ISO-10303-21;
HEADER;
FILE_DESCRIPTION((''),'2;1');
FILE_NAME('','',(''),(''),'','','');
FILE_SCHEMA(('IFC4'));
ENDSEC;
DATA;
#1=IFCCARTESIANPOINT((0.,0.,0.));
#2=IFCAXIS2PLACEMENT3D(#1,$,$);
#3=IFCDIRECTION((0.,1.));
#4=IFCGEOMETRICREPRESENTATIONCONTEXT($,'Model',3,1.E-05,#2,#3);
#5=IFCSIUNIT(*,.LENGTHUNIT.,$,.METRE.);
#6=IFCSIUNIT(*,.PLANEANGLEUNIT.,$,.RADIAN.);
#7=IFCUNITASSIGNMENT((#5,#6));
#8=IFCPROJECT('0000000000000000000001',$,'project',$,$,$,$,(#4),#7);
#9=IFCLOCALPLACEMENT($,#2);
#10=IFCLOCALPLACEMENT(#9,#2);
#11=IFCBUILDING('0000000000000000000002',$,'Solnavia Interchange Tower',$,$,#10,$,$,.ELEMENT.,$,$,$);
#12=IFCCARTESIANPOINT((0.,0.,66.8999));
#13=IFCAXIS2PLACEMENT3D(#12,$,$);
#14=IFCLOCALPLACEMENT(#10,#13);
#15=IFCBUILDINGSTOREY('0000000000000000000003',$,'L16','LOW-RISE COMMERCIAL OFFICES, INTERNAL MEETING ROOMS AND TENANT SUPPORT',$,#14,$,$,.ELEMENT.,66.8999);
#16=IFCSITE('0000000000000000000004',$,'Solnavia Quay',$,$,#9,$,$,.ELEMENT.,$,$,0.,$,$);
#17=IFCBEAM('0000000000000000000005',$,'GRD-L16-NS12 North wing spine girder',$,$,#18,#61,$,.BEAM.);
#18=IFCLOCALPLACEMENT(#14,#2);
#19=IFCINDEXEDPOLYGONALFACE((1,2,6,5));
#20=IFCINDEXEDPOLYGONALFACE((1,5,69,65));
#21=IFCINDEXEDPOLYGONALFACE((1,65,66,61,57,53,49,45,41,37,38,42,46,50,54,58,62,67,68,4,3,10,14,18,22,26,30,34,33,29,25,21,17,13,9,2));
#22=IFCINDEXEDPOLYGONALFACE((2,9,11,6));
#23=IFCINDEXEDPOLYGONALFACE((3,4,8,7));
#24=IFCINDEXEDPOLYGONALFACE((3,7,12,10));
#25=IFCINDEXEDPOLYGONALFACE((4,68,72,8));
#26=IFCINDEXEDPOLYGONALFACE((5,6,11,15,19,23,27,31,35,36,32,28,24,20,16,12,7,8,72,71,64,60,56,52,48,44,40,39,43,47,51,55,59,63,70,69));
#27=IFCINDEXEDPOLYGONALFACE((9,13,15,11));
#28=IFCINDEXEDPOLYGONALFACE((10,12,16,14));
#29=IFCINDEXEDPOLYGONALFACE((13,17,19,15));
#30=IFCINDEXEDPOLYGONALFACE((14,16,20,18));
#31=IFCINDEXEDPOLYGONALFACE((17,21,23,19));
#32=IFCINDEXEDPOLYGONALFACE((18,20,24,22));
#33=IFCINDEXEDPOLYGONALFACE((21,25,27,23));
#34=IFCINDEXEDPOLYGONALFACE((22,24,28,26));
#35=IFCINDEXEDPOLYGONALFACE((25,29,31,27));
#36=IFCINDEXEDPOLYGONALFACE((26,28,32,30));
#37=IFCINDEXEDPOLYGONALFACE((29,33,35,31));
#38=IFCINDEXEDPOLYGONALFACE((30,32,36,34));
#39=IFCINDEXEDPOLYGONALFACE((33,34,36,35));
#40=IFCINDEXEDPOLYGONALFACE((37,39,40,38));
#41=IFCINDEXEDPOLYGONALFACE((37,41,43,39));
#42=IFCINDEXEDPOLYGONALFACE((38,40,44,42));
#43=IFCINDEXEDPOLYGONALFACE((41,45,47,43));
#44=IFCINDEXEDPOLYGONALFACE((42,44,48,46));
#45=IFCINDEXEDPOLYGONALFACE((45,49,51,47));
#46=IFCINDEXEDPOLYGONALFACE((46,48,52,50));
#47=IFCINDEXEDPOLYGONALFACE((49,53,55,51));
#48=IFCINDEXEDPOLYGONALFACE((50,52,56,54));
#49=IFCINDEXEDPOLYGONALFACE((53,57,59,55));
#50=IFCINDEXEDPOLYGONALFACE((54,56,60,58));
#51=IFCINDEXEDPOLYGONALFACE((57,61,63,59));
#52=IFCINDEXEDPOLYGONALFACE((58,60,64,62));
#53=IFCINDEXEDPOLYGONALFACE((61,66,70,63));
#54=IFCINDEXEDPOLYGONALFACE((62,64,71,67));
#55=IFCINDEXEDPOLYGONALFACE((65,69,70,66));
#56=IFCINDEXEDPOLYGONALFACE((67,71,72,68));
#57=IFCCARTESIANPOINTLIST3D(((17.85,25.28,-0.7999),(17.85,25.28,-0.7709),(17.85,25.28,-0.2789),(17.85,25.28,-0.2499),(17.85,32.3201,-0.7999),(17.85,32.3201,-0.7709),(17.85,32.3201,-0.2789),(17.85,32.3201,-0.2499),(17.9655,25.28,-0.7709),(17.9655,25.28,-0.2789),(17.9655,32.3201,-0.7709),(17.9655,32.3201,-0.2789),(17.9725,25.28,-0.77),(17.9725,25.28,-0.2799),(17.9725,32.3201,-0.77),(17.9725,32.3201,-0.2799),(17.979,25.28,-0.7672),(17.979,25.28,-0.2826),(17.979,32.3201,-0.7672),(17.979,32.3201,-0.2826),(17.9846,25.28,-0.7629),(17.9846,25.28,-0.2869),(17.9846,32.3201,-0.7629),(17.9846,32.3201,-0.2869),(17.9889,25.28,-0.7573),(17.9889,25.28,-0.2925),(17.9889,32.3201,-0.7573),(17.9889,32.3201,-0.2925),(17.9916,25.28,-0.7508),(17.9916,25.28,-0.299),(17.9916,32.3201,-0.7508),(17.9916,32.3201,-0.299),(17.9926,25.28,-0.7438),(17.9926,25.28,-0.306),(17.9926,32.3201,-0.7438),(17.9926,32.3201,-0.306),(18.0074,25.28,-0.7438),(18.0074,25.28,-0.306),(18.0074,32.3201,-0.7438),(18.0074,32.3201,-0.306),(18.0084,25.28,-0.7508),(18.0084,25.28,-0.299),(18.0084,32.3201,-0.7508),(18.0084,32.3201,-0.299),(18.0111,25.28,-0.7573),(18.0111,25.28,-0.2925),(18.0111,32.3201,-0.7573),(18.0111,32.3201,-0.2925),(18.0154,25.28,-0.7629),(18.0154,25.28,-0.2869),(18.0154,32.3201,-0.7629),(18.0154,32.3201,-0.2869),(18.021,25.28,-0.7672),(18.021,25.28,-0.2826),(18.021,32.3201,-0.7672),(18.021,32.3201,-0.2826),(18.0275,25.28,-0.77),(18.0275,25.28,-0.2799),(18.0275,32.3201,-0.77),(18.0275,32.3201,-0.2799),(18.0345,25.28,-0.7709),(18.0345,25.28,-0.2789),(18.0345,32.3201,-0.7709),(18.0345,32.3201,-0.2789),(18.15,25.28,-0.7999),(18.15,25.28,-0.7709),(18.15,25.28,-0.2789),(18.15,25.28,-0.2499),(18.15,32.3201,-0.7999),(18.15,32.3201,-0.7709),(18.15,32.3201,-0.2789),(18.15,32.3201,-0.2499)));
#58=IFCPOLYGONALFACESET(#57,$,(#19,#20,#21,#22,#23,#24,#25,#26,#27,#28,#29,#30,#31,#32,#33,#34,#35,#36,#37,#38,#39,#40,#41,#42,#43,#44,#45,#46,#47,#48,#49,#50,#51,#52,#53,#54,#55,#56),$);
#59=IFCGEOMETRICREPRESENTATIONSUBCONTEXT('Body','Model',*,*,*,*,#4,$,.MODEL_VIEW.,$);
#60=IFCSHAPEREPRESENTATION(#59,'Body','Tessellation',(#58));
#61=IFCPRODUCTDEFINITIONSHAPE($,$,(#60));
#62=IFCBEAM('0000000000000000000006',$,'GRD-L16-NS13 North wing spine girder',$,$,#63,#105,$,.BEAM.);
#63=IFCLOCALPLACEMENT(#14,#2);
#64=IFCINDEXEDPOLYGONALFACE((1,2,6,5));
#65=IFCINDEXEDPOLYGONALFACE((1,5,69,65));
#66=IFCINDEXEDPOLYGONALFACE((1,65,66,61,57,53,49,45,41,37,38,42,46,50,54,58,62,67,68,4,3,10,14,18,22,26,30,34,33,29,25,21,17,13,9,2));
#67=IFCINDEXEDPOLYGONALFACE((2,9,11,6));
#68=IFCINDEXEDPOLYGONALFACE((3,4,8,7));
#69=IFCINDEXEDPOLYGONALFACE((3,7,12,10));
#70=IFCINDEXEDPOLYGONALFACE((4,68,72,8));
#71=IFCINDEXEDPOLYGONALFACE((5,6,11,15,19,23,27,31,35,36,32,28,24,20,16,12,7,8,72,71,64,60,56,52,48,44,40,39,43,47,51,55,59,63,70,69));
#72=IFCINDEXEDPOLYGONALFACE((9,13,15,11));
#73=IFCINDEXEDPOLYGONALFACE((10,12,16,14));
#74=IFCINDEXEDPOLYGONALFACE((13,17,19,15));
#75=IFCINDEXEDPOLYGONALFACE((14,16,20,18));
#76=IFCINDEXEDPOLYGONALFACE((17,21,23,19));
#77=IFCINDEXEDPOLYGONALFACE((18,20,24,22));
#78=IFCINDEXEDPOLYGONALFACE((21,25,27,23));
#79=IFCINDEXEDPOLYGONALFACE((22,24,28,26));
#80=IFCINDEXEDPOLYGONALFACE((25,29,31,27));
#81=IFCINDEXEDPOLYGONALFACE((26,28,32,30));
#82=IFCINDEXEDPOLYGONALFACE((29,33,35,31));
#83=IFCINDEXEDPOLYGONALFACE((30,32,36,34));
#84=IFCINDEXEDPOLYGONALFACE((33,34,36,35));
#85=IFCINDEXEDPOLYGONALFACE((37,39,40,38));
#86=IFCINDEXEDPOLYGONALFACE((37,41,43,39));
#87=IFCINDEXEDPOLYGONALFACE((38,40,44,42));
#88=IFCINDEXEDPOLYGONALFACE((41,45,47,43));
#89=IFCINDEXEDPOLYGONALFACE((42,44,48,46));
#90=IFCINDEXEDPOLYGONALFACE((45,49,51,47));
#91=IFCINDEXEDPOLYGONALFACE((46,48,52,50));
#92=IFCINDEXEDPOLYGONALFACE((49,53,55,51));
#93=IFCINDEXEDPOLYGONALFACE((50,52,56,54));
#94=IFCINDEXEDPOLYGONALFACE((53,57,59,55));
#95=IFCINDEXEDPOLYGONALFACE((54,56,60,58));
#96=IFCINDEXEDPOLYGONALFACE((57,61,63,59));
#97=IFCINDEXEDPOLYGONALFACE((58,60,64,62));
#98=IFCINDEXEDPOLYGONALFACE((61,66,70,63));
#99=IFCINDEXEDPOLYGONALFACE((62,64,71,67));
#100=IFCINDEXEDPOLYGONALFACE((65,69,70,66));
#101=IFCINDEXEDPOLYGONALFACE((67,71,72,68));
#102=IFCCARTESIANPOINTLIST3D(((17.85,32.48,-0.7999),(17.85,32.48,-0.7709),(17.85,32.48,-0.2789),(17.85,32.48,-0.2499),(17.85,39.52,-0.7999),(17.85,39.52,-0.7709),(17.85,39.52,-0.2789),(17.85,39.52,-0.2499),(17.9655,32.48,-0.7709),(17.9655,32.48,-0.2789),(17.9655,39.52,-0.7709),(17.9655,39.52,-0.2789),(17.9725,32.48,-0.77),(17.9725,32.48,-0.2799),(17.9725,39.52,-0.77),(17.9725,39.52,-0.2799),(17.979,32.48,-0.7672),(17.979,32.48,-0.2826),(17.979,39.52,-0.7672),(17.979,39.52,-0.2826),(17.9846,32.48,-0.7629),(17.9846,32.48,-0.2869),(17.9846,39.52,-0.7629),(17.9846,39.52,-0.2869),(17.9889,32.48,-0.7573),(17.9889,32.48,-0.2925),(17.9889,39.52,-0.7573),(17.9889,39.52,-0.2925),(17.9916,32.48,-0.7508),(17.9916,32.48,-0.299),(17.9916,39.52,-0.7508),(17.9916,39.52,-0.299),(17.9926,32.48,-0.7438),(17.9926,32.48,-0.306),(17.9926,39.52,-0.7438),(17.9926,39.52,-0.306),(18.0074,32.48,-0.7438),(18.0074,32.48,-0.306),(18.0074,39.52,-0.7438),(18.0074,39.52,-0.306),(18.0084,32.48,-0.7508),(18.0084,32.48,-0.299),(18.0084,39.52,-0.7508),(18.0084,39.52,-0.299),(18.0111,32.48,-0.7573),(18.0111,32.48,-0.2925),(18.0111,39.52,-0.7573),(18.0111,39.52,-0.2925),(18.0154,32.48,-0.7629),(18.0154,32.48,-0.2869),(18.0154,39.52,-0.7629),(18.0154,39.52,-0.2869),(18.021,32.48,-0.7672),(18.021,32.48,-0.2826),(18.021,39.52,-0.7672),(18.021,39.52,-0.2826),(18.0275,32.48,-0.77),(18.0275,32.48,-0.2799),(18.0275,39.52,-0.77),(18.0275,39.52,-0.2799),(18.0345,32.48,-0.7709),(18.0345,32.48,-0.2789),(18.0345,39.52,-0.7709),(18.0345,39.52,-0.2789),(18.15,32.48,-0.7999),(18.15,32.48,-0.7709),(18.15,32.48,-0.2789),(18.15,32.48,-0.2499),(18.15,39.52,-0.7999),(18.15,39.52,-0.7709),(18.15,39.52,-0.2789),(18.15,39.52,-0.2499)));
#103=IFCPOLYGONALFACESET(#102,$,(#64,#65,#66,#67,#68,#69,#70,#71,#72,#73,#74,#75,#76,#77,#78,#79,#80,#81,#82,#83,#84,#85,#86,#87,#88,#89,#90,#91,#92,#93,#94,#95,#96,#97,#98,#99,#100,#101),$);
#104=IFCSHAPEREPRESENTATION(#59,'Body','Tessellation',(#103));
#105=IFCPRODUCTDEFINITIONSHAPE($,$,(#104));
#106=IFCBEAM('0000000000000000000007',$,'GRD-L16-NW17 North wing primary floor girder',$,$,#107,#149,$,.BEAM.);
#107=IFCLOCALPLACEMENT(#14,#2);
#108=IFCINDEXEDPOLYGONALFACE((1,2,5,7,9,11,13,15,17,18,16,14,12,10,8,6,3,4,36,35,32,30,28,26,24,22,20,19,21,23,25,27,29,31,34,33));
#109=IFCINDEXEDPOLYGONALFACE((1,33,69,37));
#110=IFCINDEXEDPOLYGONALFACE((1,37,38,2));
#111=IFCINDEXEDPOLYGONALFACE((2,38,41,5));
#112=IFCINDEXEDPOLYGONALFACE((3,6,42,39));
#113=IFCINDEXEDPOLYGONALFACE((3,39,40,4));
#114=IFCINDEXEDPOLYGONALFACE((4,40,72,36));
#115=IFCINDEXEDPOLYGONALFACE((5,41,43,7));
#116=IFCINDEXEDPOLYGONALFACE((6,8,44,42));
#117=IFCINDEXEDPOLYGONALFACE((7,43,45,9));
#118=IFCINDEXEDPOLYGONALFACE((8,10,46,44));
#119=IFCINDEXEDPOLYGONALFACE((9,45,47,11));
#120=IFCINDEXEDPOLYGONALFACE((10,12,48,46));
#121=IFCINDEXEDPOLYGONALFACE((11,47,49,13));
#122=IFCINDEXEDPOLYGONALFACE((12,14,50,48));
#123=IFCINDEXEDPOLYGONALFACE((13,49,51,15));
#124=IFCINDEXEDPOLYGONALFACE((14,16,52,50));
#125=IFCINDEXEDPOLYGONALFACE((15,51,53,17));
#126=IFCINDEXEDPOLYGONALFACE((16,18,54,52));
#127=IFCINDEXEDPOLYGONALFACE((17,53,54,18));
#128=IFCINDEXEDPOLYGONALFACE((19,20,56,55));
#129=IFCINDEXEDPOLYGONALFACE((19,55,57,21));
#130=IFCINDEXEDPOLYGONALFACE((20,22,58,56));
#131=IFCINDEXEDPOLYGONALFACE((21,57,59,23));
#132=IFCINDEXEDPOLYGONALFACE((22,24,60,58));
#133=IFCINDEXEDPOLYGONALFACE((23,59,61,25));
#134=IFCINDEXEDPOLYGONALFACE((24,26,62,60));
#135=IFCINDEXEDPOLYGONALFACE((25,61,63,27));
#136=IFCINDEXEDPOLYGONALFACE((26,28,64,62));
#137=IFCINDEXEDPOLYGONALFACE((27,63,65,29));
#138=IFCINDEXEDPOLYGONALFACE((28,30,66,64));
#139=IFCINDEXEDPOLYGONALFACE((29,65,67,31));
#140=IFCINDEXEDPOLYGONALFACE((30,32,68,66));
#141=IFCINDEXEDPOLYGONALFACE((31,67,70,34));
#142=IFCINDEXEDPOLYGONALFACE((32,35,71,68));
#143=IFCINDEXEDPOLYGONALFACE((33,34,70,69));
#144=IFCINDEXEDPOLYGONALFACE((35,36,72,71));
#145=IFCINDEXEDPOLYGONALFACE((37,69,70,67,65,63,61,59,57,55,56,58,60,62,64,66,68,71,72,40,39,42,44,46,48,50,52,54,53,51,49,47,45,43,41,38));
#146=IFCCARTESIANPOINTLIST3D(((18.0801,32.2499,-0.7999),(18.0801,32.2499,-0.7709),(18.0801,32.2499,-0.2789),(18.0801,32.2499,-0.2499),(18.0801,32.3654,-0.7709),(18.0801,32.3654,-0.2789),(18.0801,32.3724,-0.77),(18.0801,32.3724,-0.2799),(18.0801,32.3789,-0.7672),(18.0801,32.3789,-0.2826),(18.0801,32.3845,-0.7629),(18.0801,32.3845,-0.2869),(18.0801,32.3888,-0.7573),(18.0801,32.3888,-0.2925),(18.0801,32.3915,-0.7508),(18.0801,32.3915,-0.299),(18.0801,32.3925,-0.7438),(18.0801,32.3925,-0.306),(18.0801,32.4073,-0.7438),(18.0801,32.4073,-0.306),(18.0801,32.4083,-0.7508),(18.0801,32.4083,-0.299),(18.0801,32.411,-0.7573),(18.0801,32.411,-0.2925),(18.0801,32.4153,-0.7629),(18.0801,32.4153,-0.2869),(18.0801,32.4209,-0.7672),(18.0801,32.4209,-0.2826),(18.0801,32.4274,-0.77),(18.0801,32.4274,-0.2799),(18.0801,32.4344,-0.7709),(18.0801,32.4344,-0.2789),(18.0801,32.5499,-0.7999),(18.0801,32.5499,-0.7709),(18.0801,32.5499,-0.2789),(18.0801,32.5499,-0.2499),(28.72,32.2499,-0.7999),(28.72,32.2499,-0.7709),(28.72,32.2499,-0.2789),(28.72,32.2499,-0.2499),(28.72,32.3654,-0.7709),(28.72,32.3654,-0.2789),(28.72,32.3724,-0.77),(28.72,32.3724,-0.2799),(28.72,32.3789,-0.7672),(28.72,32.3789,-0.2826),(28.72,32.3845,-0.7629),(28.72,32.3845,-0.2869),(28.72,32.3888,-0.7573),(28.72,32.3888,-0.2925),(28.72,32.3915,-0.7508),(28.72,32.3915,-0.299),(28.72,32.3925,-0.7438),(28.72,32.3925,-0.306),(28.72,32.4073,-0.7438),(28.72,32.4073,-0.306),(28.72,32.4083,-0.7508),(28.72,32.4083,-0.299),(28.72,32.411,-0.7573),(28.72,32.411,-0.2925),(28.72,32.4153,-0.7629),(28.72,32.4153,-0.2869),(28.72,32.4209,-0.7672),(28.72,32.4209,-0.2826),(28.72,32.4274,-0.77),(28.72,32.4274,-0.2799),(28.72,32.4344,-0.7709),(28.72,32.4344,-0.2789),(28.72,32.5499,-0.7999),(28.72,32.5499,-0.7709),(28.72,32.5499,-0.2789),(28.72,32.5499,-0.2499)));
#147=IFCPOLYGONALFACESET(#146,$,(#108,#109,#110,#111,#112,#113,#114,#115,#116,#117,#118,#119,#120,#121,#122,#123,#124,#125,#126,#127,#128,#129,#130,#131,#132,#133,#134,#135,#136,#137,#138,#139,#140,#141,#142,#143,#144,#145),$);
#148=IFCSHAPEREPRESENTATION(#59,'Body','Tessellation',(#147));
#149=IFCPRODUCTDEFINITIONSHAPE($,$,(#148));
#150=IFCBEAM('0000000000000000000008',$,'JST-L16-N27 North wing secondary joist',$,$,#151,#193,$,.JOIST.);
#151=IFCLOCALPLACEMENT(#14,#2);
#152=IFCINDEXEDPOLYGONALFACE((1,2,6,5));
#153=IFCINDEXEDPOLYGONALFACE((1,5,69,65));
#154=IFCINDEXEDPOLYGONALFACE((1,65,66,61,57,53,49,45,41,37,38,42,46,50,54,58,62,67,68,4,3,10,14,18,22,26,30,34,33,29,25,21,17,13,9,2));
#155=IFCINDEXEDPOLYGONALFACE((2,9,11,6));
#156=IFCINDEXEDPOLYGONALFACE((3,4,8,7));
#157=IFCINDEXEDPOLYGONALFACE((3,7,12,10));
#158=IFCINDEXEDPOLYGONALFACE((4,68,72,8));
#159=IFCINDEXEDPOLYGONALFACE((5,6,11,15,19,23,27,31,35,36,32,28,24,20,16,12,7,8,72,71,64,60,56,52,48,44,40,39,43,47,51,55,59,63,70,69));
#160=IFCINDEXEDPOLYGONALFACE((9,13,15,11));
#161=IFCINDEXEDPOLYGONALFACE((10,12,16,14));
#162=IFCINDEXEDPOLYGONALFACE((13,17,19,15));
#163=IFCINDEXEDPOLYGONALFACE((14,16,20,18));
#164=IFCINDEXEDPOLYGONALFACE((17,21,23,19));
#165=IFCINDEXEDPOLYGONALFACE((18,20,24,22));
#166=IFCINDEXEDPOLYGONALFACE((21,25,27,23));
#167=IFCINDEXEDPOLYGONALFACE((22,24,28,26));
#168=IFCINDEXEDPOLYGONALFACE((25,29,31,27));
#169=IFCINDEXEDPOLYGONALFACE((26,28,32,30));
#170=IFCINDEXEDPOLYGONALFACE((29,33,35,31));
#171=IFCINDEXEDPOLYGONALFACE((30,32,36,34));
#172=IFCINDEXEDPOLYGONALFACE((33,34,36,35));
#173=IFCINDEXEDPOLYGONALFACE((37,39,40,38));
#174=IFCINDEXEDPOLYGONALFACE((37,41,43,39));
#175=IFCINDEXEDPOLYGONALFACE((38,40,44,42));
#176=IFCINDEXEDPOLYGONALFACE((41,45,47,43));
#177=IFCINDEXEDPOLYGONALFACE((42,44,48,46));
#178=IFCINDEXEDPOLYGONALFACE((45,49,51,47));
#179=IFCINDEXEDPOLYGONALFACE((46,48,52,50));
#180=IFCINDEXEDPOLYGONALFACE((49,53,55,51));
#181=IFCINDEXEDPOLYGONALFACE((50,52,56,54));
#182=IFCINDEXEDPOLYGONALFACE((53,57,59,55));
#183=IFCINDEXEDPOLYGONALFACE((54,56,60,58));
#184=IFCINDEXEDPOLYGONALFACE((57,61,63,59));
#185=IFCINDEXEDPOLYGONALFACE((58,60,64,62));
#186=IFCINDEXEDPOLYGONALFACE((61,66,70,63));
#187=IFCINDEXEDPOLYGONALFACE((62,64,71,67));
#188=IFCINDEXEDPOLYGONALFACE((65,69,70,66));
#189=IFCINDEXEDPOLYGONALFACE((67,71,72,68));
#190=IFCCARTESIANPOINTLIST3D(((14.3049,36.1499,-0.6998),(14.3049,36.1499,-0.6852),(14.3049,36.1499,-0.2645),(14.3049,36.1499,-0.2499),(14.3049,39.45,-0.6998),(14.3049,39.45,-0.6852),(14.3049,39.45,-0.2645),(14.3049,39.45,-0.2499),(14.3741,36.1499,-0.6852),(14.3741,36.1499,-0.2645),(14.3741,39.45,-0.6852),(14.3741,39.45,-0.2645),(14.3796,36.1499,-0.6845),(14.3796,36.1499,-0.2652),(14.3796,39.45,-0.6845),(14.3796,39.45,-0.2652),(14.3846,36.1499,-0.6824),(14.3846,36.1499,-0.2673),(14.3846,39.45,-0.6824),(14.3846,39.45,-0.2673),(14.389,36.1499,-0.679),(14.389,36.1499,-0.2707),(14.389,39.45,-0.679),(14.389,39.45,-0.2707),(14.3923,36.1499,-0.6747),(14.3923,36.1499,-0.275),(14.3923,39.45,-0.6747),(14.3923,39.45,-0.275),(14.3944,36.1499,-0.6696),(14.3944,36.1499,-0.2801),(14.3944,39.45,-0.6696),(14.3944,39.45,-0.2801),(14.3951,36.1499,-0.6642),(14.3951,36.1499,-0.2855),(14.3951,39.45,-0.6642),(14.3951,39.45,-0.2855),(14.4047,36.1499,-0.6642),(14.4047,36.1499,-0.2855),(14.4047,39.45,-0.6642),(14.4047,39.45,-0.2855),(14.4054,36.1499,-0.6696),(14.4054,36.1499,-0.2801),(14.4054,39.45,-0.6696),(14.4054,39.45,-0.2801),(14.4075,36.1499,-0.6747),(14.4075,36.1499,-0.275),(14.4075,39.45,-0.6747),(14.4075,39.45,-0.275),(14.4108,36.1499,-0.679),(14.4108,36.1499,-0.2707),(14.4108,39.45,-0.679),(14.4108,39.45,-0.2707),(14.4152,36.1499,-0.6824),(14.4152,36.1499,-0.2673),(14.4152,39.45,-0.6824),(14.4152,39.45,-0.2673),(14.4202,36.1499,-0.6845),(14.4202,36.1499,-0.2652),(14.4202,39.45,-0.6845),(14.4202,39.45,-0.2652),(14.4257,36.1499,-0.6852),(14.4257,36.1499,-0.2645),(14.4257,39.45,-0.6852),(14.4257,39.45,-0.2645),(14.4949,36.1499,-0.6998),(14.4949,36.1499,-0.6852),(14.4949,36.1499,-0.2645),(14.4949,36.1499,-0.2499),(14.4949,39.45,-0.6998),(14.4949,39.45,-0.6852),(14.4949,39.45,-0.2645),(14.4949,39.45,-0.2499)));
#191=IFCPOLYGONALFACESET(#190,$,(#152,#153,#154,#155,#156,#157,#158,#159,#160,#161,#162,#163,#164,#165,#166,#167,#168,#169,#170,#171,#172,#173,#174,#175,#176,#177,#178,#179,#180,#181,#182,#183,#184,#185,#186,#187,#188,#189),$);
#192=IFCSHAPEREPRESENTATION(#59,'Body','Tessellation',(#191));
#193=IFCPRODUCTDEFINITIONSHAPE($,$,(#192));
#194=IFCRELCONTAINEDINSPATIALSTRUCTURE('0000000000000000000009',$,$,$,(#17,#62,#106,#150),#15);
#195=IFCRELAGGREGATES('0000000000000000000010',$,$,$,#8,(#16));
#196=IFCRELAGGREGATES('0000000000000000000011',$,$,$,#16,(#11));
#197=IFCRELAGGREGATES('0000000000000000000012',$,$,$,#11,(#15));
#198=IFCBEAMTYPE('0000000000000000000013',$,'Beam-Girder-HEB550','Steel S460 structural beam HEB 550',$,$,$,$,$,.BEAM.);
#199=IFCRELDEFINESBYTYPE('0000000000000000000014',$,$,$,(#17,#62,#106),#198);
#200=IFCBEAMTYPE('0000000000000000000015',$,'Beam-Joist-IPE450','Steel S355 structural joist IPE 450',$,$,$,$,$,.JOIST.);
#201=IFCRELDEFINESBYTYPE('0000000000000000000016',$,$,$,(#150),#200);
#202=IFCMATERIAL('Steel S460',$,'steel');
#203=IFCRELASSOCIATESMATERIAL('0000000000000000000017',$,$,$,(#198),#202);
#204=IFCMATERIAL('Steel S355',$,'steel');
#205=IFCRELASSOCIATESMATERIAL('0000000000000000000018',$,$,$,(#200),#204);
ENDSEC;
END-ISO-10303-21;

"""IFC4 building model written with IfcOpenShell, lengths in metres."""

from ifc_helpers import new_model, si_unit, direction, frame, origin, origin_2d, place, context, subcontext, project, spatial, i_section, extrude, material, material_profile, profile_set, type_object, element, save


model = new_model("IFC4")

# Units and contexts
model_context = context("Model", 3, precision=1e-05, world=origin(), true_north=direction((0.0, 1.0)))
body_context = subcontext(model_context, "Body", "Model", "MODEL_VIEW")
ifc_project = project(units=[si_unit("LENGTHUNIT", "METRE"), si_unit("PLANEANGLEUNIT", "RADIAN")], contexts=[model_context])

# Site, building, storey
site_placement = place(None, origin())
site = spatial("IfcSite", under=ifc_project, at=site_placement, Name="Solnavia Quay", CompositionType="ELEMENT", RefElevation=0.0)
building_placement = place(site_placement, origin())
building = spatial("IfcBuilding", under=site, at=building_placement, Name="Solnavia Interchange Tower", CompositionType="ELEMENT")
storey_placement = place(building_placement, frame((0.0, 0.0, 66.8999)))
storey = spatial("IfcBuildingStorey", under=building, at=storey_placement, Name="L16", Description="LOW-RISE COMMERCIAL OFFICES, INTERNAL MEETING ROOMS AND TENANT SUPPORT", CompositionType="ELEMENT", Elevation=66.8999)

# Shared definitions
ifc_material_1 = material(Name="Steel S355", Category="steel")

# Beams
ifc_material_2 = material(Name="Steel S460", Category="steel")
ifc_material_profile_1 = material_profile(ifc_material_2, i_section(OverallWidth=0.3, OverallDepth=0.55, WebThickness=0.0149, FlangeThickness=0.0291, FilletRadius=0.0271, at=origin_2d()), Name="HEB 550")
ifc_profile_set_1 = profile_set([ifc_material_profile_1], Name="Steel S460")
beam_type_1 = type_object("IfcBeamType", Name="Beam-Girder-HEB550", Description="Steel S460 structural beam HEB 550", PredefinedType="BEAM", material=ifc_profile_set_1)
for number, where, z_axis, x_axis, name in (
    (1, (18.0, 25.28, -0.5249), (0.0, 1.0, 0.0), (-1.0, 0.0, 0.0), "GRD-L16-NS12 North wing spine girder"),
    (2, (18.0, 32.48, -0.5249), (0.0, 1.0, 0.0), (-1.0, 0.0, 0.0), "GRD-L16-NS13 North wing spine girder"),
):
    element("IfcBeam", number, at=place(storey_placement, frame(where, z_axis=z_axis, x_axis=x_axis)), inside=storey, type_object=beam_type_1, Name=name, PredefinedType="BEAM", context=body_context, shape_type="SweptSolid", body=[
        extrude(i_section(OverallWidth=0.3, OverallDepth=0.55, WebThickness=0.0149, FlangeThickness=0.0291, FilletRadius=0.0271, at=origin_2d()), origin(), (0.0, 0.0, 1.0), 7.04),
    ])
beam_placement = place(storey_placement, frame((18.0801, 32.3999, -0.5249), z_axis=(1.0, 0.0, 0.0), x_axis=(0.0, 1.0, 0.0)))
element("IfcBeam", 3, at=beam_placement, inside=storey, type_object=beam_type_1, Name="GRD-L16-NW17 North wing primary floor girder", PredefinedType="BEAM", context=body_context, shape_type="SweptSolid", body=[
    extrude(i_section(OverallWidth=0.3, OverallDepth=0.55, WebThickness=0.0149, FlangeThickness=0.0291, FilletRadius=0.0271, at=origin_2d()), origin(), (0.0, 0.0, 1.0), 10.6399),
])
ifc_material_profile_2 = material_profile(ifc_material_1, i_section(OverallWidth=0.1899, OverallDepth=0.45, WebThickness=0.0095, FlangeThickness=0.0146, FilletRadius=0.021, at=origin_2d()), Name="IPE 450")
ifc_profile_set_2 = profile_set([ifc_material_profile_2], Name="Steel S355")
beam_type_2 = type_object("IfcBeamType", Name="Beam-Joist-IPE450", Description="Steel S355 structural joist IPE 450", PredefinedType="JOIST", material=ifc_profile_set_2)
for number, where, z_axis, x_axis, name in (
    (4, (14.3999, 36.1499, -0.4749), (0.0, 1.0, 0.0), (-1.0, 0.0, 0.0), "JST-L16-N27 North wing secondary joist"),
):
    element("IfcBeam", number, at=place(storey_placement, frame(where, z_axis=z_axis, x_axis=x_axis)), inside=storey, type_object=beam_type_2, Name=name, PredefinedType="JOIST", context=body_context, shape_type="SweptSolid", body=[
        extrude(i_section(OverallWidth=0.1899, OverallDepth=0.45, WebThickness=0.0095, FlangeThickness=0.0146, FilletRadius=0.021, at=origin_2d()), origin(), (0.0, 0.0, 1.0), 3.3),
    ])

save(model, "model.ifc")
